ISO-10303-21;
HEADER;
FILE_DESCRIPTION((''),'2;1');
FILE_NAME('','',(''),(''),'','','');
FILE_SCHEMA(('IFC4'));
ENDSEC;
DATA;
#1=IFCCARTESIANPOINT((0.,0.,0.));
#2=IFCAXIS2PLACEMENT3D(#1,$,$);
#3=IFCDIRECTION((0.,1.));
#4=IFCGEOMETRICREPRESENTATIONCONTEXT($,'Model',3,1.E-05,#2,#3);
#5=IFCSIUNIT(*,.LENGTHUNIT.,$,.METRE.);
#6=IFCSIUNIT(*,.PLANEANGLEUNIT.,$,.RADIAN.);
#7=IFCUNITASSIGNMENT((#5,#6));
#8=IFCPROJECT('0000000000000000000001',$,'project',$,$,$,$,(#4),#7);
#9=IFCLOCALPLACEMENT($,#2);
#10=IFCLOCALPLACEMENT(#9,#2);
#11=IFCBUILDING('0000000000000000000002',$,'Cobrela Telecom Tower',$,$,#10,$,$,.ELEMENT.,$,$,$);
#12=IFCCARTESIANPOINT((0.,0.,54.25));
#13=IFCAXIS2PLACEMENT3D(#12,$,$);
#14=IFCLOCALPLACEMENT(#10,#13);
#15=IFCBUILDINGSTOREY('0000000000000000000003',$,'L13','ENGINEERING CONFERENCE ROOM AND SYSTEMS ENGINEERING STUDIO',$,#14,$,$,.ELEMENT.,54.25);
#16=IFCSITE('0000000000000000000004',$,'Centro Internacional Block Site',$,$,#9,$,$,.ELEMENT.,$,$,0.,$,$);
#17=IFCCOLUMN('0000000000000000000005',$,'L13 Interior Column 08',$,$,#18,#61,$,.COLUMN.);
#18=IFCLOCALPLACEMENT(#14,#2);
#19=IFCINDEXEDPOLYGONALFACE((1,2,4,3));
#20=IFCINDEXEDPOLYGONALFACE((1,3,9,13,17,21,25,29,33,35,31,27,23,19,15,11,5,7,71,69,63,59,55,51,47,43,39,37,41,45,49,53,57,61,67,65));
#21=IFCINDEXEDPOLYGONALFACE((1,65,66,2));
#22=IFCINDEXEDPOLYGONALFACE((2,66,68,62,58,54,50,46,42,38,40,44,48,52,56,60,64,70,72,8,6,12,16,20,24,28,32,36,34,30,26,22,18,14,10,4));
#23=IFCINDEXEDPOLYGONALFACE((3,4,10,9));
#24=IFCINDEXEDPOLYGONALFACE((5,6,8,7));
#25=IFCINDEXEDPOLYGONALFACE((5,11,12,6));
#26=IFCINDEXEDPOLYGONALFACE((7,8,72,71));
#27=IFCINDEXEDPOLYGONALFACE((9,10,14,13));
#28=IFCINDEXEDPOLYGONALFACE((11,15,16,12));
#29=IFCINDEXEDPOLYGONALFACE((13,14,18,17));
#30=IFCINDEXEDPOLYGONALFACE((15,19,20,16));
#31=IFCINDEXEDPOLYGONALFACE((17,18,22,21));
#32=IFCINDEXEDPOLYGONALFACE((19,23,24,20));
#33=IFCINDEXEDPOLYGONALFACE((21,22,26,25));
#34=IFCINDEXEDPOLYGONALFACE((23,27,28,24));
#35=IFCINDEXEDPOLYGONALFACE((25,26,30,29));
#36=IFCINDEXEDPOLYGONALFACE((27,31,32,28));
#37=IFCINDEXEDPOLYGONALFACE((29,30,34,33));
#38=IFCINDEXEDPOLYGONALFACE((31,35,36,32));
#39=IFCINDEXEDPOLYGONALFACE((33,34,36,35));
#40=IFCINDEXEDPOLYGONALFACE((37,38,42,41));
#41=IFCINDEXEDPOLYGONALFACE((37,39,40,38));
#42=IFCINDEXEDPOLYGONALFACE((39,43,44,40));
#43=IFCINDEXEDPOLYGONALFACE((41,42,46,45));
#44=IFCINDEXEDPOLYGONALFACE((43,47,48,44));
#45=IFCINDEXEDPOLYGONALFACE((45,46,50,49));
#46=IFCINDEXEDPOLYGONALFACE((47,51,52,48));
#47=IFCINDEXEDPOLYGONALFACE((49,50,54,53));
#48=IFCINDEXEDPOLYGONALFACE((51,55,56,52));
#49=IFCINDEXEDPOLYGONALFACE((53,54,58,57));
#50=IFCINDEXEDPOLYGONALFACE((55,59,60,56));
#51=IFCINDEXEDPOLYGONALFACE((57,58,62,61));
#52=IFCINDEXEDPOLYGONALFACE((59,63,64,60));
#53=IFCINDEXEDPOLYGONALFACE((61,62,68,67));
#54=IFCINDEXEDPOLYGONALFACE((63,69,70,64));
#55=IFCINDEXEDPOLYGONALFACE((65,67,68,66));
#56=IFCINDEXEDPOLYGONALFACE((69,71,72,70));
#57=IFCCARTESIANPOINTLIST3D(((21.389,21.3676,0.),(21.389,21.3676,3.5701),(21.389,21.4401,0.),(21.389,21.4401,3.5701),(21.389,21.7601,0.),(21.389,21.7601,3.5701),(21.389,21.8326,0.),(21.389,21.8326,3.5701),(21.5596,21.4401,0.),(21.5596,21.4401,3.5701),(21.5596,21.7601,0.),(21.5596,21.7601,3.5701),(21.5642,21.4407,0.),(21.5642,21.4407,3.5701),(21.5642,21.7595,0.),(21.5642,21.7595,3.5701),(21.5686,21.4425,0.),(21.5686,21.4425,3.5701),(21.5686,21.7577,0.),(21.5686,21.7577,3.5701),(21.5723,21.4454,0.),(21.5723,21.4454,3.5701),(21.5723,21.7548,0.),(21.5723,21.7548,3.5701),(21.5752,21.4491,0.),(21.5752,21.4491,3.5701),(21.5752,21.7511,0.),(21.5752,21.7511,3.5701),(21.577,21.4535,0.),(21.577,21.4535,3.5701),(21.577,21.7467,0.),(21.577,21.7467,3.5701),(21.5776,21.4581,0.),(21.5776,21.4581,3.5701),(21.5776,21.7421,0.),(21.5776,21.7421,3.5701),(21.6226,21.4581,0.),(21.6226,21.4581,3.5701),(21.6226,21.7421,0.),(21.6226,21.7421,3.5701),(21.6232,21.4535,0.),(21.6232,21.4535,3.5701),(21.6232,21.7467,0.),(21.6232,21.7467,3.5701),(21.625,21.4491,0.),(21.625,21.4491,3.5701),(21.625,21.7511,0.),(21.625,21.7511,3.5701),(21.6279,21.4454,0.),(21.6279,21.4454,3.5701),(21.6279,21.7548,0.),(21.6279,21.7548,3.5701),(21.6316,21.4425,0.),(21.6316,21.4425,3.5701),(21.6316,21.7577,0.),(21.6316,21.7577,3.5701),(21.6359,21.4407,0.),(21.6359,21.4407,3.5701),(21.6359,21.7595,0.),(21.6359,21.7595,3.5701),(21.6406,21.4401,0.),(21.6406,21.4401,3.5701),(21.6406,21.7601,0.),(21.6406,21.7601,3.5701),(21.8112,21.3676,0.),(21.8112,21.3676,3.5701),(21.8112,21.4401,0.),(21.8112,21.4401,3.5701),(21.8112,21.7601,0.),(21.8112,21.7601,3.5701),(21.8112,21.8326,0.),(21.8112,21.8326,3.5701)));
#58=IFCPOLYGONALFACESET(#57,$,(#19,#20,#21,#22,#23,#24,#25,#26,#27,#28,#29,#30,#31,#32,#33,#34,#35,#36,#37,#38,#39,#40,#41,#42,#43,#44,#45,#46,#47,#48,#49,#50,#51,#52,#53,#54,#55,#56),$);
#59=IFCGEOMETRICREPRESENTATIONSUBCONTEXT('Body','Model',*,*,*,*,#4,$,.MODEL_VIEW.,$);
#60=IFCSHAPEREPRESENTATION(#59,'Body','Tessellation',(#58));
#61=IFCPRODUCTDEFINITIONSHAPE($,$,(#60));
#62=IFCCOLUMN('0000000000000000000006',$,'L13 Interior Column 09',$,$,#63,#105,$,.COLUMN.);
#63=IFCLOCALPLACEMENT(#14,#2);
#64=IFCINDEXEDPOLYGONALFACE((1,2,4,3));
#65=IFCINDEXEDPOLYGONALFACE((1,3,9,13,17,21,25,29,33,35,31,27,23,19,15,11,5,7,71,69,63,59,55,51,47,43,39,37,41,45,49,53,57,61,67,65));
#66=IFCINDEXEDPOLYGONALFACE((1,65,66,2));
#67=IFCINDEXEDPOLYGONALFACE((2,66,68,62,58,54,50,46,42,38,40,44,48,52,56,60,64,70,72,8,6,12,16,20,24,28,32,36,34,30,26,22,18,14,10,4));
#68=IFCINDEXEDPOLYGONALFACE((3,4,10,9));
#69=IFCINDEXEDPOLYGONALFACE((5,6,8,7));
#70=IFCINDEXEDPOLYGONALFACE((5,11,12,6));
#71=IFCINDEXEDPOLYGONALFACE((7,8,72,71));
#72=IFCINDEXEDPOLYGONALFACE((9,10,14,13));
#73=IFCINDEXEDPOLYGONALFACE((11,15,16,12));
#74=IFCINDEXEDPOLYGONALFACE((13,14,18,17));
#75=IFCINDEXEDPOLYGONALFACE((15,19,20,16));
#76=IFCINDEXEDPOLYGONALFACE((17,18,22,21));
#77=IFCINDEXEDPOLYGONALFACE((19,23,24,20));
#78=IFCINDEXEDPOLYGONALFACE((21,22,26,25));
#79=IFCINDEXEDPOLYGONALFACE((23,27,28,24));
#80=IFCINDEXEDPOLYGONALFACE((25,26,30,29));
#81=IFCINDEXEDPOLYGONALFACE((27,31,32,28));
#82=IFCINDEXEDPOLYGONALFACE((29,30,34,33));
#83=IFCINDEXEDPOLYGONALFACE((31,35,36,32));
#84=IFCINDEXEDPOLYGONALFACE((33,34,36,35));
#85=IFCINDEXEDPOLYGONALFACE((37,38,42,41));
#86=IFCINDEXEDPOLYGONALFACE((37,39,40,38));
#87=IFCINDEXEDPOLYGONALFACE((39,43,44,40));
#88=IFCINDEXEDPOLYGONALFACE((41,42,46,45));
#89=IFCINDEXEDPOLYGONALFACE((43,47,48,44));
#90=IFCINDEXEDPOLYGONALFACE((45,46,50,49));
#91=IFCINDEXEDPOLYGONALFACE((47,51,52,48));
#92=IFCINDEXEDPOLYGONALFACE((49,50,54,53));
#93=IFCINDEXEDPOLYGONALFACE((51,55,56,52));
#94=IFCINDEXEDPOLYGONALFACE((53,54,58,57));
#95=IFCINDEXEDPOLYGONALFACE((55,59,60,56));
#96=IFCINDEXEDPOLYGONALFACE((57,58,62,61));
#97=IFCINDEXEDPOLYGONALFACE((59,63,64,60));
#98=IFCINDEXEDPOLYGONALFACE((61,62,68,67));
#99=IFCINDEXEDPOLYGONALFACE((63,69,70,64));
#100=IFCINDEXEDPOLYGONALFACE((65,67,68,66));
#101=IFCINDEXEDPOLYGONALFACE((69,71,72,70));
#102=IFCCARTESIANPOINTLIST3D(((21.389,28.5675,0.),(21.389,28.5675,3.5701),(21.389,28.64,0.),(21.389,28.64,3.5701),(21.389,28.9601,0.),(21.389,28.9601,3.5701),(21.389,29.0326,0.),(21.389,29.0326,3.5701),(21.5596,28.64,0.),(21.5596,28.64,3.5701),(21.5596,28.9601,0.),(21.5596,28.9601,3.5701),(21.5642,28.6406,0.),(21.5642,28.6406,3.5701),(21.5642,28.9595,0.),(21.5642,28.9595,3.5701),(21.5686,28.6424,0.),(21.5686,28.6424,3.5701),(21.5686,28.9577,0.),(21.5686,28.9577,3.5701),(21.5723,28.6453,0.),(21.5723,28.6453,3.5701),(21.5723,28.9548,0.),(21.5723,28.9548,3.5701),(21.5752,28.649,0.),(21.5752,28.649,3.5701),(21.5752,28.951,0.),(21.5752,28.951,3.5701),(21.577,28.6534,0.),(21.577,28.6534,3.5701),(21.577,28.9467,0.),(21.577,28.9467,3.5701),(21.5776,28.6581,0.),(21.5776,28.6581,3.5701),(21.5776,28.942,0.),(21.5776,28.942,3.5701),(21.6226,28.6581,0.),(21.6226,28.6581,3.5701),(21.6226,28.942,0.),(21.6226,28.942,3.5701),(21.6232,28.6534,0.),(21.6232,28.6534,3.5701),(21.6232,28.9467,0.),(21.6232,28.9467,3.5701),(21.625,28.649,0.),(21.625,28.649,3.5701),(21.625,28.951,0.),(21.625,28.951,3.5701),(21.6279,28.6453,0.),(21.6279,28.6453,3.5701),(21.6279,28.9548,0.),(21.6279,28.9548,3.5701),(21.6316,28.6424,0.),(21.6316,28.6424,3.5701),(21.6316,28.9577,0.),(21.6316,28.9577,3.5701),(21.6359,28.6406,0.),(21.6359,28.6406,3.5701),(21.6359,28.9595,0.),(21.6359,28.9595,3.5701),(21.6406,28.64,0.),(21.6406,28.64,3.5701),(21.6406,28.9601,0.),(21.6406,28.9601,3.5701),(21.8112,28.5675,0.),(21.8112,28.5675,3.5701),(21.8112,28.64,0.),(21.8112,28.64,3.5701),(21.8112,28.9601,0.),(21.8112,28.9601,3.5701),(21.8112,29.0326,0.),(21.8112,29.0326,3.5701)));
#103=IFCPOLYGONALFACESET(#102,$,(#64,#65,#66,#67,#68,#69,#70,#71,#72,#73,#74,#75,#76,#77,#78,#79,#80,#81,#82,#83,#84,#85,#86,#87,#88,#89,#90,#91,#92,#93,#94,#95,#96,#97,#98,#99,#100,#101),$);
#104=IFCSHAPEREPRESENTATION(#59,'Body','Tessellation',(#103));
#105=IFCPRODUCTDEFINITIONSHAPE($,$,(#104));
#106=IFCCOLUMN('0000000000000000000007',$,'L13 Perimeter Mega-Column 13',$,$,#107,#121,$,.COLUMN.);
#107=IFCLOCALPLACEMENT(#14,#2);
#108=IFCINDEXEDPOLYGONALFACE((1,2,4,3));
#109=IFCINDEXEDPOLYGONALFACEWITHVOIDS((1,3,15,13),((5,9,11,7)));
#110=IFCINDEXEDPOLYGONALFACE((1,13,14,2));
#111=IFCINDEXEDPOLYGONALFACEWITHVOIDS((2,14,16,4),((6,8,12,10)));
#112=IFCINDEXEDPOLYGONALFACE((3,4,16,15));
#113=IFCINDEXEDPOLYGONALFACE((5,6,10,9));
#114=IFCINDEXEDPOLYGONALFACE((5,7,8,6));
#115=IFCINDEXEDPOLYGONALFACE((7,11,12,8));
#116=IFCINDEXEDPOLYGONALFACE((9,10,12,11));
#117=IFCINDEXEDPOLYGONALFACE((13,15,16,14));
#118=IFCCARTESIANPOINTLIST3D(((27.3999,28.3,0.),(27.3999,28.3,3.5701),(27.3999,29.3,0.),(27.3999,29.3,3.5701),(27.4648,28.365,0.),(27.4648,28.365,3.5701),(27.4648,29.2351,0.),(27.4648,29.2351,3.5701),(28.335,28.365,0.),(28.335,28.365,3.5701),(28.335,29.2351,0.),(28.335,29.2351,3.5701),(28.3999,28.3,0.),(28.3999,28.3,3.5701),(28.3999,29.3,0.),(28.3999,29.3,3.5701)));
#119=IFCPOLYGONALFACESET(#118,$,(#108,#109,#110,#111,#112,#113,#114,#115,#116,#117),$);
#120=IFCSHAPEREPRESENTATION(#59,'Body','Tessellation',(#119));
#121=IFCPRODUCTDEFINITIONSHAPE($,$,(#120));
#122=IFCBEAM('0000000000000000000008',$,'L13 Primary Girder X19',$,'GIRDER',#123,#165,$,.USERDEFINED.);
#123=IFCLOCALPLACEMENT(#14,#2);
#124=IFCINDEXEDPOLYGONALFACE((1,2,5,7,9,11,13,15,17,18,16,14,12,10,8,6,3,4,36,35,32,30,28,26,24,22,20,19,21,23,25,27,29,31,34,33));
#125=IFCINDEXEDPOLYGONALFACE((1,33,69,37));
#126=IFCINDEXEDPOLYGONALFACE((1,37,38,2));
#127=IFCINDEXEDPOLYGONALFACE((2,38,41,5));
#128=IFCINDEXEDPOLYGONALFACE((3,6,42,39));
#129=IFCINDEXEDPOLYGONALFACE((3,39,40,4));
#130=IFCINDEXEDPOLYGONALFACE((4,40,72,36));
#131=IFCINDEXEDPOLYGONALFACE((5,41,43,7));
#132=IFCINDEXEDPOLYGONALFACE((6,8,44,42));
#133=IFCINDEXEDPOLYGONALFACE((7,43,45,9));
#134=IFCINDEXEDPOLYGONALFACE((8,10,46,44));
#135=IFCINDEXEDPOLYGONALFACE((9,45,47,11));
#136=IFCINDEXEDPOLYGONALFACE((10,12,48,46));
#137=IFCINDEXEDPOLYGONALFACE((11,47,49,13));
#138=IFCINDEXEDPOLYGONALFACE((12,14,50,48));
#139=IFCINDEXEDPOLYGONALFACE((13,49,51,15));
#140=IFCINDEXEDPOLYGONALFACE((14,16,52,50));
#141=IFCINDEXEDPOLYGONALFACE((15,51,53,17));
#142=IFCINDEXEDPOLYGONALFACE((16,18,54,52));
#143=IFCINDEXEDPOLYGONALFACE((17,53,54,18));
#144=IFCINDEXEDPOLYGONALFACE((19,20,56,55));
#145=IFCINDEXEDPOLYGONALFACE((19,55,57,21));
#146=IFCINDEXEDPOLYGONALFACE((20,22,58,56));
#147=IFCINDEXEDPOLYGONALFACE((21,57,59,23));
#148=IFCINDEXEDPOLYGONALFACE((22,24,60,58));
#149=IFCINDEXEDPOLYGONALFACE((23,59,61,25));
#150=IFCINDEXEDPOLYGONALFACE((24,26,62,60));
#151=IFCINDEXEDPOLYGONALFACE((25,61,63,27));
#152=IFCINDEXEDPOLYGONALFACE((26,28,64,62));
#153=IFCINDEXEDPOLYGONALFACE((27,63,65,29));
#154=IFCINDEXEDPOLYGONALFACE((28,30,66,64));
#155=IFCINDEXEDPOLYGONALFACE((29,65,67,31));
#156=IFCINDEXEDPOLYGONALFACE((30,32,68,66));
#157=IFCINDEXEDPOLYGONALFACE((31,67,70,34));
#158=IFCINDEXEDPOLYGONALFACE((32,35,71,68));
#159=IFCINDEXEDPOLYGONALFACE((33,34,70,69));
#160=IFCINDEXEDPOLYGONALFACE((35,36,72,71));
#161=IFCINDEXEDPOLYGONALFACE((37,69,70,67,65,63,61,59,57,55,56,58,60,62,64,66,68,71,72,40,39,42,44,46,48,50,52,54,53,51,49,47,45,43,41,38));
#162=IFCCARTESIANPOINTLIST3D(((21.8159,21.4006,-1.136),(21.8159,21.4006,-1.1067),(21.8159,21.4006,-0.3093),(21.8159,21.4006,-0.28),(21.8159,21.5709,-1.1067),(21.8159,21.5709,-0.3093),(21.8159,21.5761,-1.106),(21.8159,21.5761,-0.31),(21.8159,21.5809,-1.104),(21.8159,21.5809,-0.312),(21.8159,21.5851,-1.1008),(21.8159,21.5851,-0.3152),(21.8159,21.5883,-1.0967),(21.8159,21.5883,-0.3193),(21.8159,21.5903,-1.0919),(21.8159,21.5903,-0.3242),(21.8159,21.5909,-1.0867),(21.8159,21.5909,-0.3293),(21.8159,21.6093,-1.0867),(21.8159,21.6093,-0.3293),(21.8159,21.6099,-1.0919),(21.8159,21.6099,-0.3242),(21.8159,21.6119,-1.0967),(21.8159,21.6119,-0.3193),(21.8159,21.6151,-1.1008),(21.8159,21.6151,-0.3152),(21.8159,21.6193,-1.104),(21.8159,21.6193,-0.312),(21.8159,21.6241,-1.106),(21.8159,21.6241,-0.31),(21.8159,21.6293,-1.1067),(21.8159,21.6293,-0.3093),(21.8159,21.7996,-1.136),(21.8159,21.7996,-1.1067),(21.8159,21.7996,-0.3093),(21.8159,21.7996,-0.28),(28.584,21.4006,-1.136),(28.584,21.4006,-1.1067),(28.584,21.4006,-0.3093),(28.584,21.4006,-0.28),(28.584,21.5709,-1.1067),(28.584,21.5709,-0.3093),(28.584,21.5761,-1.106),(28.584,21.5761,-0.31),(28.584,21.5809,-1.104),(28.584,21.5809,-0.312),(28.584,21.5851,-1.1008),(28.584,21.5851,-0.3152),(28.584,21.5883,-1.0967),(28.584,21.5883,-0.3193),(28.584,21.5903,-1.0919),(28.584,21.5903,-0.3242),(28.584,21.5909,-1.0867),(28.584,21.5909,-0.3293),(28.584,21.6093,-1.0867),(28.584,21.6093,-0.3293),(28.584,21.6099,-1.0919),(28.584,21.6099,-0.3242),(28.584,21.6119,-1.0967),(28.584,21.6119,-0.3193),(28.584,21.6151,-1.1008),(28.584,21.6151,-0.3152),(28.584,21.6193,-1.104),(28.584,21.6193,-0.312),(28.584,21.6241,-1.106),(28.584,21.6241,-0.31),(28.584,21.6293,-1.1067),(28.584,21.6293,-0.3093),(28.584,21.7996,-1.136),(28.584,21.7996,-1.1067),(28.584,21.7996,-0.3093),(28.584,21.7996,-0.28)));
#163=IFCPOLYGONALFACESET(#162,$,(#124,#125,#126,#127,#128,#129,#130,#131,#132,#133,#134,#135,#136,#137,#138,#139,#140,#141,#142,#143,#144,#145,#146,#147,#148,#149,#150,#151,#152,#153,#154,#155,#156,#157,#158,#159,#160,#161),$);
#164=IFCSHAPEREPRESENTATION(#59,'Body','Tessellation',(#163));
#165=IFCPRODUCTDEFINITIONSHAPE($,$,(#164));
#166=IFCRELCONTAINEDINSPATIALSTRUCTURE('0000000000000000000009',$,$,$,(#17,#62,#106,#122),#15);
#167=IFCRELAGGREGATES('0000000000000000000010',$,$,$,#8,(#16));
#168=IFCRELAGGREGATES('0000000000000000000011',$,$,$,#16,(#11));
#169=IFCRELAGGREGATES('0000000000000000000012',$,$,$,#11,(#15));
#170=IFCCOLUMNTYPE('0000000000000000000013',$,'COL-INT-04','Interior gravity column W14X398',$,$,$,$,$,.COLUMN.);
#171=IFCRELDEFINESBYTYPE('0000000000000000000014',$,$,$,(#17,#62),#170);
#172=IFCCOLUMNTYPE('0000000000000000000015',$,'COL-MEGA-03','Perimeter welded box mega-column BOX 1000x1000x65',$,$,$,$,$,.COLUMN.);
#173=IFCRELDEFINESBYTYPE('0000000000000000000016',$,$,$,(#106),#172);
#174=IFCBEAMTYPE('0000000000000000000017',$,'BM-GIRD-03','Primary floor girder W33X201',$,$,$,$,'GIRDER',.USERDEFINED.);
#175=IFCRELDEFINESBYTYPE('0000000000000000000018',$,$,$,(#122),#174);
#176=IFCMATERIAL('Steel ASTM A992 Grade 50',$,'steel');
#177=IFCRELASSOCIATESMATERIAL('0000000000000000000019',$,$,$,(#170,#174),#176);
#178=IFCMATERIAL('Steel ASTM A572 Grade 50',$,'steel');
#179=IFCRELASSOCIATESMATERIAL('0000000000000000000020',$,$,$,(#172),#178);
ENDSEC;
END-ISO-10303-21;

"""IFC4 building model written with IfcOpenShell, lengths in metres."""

from ifc_helpers import new_model, si_unit, direction, frame, origin, origin_2d, place, context, subcontext, project, spatial, hollow_rectangle, i_section, extrude, material, material_profile, profile_set, type_object, element, save


model = new_model("IFC4")

# Units and contexts
model_context = context("Model", 3, precision=1e-05, world=origin(), true_north=direction((0.0, 1.0)))
body_context = subcontext(model_context, "Body", "Model", "MODEL_VIEW")
ifc_project = project(units=[si_unit("LENGTHUNIT", "METRE"), si_unit("PLANEANGLEUNIT", "RADIAN")], contexts=[model_context])

# Site, building, storey
site_placement = place(None, origin())
site = spatial("IfcSite", under=ifc_project, at=site_placement, Name="Centro Internacional Block Site", CompositionType="ELEMENT", RefElevation=0.0)
building_placement = place(site_placement, origin())
building = spatial("IfcBuilding", under=site, at=building_placement, Name="Cobrela Telecom Tower", CompositionType="ELEMENT")
storey_placement = place(building_placement, frame((0.0, 0.0, 54.25)))
storey = spatial("IfcBuildingStorey", under=building, at=storey_placement, Name="L13", Description="ENGINEERING CONFERENCE ROOM AND SYSTEMS ENGINEERING STUDIO", CompositionType="ELEMENT", Elevation=54.25)

# Columns
ifc_material_1 = material(Name="Steel ASTM A992 Grade 50", Category="steel")
ifc_material_profile_1 = material_profile(ifc_material_1, i_section(OverallWidth=0.4221, OverallDepth=0.4651, WebThickness=0.0449, FlangeThickness=0.0725, FilletRadius=0.0181, at=origin_2d()), Name="W14X398")
ifc_profile_set_1 = profile_set([ifc_material_profile_1], Name="Steel ASTM A992 Grade 50")
column_type_1 = type_object("IfcColumnType", Name="COL-INT-04", Description="Interior gravity column W14X398", PredefinedType="COLUMN", material=ifc_profile_set_1)
for number, where, z_axis, x_axis, name in (
    (1, (21.6001, 21.6001, 0.0), (0.0, 0.0, 1.0), (1.0, 0.0, 0.0), "L13 Interior Column 08"),
    (2, (21.6001, 28.8, 0.0), (0.0, 0.0, 1.0), (1.0, 0.0, 0.0), "L13 Interior Column 09"),
):
    element("IfcColumn", number, at=place(storey_placement, frame(where, z_axis=z_axis, x_axis=x_axis)), inside=storey, type_object=column_type_1, Name=name, PredefinedType="COLUMN", context=body_context, shape_type="SweptSolid", body=[
        extrude(i_section(OverallWidth=0.4221, OverallDepth=0.4651, WebThickness=0.0449, FlangeThickness=0.0725, FilletRadius=0.0181, at=origin_2d()), origin(), (0.0, 0.0, 1.0), 3.5701),
    ])
ifc_material_2 = material(Name="Steel ASTM A572 Grade 50", Category="steel")
ifc_material_profile_2 = material_profile(ifc_material_2, hollow_rectangle(XDim=1.0, YDim=1.0, WallThickness=0.0649, at=origin_2d()), Name="BOX 1000x1000x65")
ifc_profile_set_2 = profile_set([ifc_material_profile_2], Name="Steel ASTM A572 Grade 50")
column_type_2 = type_object("IfcColumnType", Name="COL-MEGA-03", Description="Perimeter welded box mega-column BOX 1000x1000x65", PredefinedType="COLUMN", material=ifc_profile_set_2)
column_placement = place(storey_placement, frame((27.8999, 28.8, 0.0), z_axis=(0.0, 0.0, 1.0), x_axis=(1.0, 0.0, 0.0)))
element("IfcColumn", 3, at=column_placement, inside=storey, type_object=column_type_2, Name="L13 Perimeter Mega-Column 13", PredefinedType="COLUMN", context=body_context, shape_type="SweptSolid", body=[
    extrude(hollow_rectangle(XDim=1.0, YDim=1.0, WallThickness=0.0649, at=origin_2d()), origin(), (0.0, 0.0, 1.0), 3.5701),
])

# Beam
ifc_material_profile_3 = material_profile(ifc_material_1, i_section(OverallWidth=0.3989, OverallDepth=0.856, WebThickness=0.0183, FlangeThickness=0.0293, FilletRadius=0.02, at=origin_2d()), Name="W33X201")
ifc_profile_set_3 = profile_set([ifc_material_profile_3], Name="Steel ASTM A992 Grade 50")
beam_type_1 = type_object("IfcBeamType", Name="BM-GIRD-03", Description="Primary floor girder W33X201", ElementType="GIRDER", PredefinedType="USERDEFINED", material=ifc_profile_set_3)
beam_1_placement = place(storey_placement, frame((21.8159, 21.6001, -0.708), z_axis=(1.0, 0.0, 0.0), x_axis=(0.0, 1.0, 0.0)))
element("IfcBeam", 4, at=beam_1_placement, inside=storey, type_object=beam_type_1, Name="L13 Primary Girder X19", ObjectType="GIRDER", PredefinedType="USERDEFINED", context=body_context, shape_type="SweptSolid", body=[
    extrude(i_section(OverallWidth=0.3989, OverallDepth=0.856, WebThickness=0.0183, FlangeThickness=0.0293, FilletRadius=0.02, at=origin_2d()), origin(), (0.0, 0.0, 1.0), 6.7681),
])

save(model, "model.ifc")
